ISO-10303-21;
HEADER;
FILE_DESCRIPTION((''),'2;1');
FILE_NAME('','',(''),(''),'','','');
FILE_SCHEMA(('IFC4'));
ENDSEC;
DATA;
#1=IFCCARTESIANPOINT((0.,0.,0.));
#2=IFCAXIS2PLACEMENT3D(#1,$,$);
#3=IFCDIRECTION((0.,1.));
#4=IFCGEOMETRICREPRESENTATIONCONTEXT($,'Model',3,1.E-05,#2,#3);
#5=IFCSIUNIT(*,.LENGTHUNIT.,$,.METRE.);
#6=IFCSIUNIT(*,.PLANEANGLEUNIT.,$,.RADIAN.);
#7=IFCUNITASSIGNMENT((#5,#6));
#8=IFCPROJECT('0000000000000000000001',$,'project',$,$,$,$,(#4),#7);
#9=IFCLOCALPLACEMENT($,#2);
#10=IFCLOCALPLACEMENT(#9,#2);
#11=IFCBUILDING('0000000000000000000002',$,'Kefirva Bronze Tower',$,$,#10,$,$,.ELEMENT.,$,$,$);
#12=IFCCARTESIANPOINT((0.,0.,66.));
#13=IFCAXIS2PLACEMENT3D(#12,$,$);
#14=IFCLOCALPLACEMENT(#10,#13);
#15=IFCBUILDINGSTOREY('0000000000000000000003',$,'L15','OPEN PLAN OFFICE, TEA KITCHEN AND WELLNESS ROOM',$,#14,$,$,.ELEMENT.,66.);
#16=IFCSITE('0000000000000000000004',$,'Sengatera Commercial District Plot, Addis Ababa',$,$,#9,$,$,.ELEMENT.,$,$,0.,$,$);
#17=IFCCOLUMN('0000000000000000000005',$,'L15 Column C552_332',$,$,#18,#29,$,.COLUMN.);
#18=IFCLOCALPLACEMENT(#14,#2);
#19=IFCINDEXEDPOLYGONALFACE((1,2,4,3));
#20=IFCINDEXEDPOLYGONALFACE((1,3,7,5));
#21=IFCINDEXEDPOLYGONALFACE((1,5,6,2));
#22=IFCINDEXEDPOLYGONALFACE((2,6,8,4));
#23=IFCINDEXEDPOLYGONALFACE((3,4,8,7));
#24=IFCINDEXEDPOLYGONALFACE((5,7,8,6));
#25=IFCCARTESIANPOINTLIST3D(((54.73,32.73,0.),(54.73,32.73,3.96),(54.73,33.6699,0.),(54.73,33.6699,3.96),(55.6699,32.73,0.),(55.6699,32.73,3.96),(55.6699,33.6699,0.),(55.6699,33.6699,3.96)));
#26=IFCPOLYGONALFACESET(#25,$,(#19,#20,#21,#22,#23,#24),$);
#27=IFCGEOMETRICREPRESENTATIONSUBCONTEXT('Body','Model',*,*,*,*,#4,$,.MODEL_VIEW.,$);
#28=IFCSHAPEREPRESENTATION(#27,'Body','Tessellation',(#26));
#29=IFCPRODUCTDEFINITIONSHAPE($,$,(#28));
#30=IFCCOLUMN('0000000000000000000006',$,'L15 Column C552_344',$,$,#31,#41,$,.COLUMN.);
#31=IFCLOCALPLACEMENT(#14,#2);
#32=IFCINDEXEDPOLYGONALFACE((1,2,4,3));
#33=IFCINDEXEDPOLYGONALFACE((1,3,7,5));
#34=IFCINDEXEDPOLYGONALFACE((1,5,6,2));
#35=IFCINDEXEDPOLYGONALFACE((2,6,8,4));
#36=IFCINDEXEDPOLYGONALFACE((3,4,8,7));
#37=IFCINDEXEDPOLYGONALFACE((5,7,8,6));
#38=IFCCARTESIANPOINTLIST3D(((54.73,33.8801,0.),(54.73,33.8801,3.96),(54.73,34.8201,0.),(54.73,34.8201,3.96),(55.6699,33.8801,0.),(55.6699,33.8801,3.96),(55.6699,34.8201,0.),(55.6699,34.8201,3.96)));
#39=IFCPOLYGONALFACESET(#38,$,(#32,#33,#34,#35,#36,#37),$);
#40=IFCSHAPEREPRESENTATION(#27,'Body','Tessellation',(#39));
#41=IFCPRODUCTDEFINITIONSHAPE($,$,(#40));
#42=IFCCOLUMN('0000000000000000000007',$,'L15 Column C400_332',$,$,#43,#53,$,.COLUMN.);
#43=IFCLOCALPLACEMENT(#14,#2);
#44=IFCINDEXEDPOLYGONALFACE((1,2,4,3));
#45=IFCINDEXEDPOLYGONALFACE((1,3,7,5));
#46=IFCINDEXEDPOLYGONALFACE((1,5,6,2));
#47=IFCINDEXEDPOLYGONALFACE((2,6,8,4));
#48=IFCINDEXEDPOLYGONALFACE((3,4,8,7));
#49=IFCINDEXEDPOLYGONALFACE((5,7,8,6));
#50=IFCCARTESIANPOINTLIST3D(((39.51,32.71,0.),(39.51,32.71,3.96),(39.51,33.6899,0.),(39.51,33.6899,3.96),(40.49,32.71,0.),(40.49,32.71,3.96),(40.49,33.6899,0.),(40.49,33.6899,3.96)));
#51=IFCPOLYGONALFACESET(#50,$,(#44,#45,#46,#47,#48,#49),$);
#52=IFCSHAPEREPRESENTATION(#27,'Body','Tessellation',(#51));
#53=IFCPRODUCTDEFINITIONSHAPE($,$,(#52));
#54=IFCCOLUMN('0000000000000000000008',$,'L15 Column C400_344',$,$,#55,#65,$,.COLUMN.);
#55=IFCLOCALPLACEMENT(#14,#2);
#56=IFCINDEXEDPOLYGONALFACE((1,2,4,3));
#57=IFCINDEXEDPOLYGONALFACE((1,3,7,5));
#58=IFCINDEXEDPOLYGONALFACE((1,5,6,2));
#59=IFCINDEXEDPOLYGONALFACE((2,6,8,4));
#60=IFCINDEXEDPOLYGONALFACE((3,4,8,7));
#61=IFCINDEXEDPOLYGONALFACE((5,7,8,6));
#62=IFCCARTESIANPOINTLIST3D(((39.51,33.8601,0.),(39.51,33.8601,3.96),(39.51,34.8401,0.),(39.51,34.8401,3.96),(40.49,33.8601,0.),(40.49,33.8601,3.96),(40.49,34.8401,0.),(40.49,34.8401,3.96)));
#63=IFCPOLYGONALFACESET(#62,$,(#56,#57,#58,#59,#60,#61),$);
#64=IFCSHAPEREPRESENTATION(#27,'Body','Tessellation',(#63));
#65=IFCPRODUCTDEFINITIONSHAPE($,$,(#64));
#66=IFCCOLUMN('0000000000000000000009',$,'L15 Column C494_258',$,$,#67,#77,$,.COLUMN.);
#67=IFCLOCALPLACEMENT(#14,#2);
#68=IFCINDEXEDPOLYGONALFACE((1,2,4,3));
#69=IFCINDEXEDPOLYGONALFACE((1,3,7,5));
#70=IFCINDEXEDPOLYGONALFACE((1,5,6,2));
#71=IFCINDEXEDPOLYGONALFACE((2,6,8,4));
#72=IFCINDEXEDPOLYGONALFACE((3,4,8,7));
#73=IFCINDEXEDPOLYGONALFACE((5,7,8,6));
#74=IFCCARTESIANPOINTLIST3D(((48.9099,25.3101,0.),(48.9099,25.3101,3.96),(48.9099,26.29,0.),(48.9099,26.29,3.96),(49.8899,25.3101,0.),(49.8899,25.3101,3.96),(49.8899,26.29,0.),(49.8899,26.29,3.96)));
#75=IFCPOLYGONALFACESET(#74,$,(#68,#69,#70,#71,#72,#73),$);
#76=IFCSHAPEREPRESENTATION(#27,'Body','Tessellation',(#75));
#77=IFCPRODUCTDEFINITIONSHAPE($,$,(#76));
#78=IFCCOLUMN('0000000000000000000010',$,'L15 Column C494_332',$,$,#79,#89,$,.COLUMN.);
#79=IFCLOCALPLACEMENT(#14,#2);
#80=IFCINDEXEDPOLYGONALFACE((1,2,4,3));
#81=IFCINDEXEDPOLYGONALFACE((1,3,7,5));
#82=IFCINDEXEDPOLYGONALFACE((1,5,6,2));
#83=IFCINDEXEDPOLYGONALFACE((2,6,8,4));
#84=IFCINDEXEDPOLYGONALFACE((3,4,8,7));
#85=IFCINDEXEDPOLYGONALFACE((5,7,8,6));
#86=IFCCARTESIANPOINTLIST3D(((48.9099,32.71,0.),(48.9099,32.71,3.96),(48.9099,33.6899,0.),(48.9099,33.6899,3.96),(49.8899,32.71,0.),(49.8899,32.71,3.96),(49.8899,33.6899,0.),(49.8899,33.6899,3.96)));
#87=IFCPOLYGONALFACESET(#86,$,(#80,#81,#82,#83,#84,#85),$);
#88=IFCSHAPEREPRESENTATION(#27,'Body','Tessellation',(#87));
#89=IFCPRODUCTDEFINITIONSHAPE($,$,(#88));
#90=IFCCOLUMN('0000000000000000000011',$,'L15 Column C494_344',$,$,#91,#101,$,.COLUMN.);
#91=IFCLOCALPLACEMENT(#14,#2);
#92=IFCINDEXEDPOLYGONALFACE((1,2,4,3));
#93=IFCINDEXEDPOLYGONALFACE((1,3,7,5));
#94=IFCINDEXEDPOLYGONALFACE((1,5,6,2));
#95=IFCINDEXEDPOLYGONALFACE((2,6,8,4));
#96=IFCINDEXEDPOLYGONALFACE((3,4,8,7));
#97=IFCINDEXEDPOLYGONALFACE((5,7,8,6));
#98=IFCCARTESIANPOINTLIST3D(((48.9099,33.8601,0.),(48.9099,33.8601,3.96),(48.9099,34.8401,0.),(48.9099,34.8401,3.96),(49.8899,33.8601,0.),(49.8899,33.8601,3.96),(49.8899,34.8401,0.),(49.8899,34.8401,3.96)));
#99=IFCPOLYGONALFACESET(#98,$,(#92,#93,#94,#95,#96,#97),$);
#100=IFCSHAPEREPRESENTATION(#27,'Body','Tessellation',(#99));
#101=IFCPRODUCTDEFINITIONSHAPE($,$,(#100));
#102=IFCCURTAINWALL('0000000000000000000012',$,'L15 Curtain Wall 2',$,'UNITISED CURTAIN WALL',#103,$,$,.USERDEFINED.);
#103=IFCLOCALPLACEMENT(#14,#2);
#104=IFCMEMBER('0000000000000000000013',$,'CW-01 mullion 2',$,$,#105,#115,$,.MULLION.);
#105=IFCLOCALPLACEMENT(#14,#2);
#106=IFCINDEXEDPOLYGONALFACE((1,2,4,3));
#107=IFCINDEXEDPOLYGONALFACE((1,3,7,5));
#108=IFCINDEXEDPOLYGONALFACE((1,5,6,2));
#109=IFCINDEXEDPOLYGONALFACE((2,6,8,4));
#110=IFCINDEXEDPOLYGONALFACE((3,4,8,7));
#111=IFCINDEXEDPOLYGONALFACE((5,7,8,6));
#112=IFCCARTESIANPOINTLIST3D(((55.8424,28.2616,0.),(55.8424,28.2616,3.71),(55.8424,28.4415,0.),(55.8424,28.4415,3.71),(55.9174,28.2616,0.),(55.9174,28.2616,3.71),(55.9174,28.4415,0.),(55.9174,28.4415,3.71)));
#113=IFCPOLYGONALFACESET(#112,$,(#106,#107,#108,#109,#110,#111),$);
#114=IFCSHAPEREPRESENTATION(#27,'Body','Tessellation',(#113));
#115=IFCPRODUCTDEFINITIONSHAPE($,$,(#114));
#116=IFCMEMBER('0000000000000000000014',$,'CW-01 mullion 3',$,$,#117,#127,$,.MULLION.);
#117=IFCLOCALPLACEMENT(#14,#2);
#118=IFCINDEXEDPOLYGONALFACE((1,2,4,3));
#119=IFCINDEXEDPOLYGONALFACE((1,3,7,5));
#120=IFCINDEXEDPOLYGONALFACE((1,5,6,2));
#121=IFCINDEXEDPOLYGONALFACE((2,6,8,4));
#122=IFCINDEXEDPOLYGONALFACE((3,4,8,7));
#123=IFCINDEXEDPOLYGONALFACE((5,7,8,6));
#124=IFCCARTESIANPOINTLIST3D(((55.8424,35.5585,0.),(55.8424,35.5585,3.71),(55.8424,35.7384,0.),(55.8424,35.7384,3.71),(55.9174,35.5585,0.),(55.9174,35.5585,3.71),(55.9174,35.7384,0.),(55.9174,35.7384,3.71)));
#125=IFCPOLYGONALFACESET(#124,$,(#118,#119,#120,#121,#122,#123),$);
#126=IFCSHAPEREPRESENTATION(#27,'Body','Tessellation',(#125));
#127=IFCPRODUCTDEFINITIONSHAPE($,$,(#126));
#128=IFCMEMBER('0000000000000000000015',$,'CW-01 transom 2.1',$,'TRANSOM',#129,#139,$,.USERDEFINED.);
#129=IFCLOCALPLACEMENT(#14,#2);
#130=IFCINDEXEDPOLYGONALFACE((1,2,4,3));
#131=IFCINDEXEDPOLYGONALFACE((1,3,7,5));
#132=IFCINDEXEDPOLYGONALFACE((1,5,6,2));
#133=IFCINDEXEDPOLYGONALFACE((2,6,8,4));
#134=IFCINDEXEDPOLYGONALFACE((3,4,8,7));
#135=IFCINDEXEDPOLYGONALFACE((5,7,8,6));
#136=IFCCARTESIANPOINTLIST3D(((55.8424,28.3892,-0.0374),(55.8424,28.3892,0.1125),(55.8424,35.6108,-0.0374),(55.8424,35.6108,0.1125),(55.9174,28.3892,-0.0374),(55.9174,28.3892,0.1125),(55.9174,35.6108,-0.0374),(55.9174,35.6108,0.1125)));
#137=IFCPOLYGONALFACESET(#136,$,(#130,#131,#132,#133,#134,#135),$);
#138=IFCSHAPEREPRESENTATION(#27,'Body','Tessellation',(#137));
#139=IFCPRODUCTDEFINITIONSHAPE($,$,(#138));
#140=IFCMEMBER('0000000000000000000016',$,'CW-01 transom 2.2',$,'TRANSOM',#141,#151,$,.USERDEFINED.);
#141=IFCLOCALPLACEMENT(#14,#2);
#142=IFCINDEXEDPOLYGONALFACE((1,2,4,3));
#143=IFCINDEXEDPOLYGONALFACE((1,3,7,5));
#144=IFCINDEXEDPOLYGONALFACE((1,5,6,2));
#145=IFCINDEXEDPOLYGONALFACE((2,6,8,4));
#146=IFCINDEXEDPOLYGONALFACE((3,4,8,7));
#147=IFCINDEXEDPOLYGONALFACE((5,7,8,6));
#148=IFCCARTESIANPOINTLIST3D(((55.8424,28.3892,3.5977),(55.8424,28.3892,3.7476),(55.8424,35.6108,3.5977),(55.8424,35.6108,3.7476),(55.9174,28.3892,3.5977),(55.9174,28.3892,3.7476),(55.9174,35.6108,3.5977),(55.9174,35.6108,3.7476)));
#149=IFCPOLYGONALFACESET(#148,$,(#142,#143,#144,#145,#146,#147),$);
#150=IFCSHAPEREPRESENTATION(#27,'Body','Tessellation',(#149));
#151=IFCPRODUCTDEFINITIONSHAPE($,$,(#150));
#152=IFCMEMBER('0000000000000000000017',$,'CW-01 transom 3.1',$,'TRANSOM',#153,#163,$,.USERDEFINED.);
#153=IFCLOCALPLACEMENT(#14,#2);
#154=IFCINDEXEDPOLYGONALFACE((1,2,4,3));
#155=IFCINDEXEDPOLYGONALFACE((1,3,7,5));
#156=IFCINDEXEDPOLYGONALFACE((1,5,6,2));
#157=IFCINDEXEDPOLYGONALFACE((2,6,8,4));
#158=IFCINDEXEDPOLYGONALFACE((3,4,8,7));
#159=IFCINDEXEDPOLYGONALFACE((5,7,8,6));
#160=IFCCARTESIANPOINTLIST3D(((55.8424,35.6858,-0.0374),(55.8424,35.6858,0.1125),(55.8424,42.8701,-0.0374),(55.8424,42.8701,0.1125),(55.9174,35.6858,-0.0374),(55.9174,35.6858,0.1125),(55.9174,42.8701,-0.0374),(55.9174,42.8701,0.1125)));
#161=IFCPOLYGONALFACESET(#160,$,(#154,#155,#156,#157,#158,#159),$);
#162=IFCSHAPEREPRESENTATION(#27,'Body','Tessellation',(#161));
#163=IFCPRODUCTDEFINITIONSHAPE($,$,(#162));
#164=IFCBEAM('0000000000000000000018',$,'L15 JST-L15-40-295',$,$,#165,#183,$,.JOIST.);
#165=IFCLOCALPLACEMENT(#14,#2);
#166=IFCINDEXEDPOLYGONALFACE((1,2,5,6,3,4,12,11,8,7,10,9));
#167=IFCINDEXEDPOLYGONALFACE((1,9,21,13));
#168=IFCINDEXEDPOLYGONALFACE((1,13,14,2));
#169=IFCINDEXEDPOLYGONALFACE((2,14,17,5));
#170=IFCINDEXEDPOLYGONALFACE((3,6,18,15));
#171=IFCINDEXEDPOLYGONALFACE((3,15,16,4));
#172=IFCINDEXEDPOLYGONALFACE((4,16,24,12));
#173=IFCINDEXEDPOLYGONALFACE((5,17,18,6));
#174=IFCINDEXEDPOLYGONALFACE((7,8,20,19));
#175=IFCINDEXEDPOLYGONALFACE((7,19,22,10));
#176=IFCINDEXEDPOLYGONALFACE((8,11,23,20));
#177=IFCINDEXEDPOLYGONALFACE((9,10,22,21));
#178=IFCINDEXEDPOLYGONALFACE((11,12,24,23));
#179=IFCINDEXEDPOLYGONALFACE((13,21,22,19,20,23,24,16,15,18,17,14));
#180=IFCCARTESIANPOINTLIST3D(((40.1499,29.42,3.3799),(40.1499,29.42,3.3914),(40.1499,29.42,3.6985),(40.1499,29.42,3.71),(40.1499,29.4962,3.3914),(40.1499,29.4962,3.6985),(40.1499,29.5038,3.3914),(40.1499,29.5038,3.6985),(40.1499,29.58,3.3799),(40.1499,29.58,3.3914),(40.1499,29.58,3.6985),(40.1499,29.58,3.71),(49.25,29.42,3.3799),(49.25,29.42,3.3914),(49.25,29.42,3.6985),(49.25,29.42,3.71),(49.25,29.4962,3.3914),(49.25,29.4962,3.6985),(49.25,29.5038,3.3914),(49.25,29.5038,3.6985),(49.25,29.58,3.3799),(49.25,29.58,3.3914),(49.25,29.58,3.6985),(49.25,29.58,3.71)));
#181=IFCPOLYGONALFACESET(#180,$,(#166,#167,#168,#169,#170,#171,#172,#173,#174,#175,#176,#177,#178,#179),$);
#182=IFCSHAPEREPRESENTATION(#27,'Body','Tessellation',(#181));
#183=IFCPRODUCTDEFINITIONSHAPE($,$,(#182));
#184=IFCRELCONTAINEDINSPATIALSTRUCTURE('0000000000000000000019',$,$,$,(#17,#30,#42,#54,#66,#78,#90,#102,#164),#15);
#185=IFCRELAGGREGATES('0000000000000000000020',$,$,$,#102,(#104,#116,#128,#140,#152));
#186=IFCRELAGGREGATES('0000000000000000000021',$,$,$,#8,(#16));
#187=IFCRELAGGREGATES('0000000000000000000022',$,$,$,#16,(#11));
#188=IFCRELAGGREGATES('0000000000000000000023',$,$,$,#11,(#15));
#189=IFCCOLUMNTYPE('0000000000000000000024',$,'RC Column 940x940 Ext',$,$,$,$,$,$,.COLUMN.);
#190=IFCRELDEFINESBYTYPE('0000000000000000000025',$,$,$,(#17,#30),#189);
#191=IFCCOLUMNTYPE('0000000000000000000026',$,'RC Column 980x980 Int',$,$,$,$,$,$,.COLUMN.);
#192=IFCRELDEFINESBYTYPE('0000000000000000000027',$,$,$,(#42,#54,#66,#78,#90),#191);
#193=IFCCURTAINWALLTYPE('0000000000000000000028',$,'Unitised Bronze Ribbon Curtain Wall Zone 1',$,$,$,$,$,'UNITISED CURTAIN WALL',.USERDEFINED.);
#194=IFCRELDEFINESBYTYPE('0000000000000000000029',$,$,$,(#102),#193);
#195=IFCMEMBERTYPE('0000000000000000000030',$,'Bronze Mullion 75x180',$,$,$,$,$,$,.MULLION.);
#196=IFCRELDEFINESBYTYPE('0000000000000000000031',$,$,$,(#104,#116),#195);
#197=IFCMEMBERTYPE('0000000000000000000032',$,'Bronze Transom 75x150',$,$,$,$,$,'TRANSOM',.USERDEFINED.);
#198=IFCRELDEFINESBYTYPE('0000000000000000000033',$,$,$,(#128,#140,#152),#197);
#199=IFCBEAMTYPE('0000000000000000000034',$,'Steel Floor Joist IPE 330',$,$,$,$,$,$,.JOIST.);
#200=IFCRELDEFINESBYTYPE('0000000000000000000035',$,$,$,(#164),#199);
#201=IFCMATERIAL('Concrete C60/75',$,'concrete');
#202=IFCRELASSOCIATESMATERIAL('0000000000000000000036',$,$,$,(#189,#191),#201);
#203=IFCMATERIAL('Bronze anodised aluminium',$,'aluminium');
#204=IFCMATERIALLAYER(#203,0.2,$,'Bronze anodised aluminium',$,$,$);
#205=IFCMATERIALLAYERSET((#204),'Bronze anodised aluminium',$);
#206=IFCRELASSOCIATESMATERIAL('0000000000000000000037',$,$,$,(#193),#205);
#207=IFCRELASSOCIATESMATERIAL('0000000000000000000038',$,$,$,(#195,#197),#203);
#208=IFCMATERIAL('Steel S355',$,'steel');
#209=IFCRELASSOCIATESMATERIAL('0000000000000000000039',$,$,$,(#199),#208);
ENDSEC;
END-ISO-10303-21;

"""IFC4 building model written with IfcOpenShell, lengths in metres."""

from ifc_helpers import new_model, si_unit, direction, frame, origin, origin_2d, place, context, subcontext, project, spatial, rectangle, i_section, extrude, material, layer, layer_set, material_profile, profile_set, type_object, element, aggregate, save


model = new_model("IFC4")

# Units and contexts
model_context = context("Model", 3, precision=1e-05, world=origin(), true_north=direction((0.0, 1.0)))
body_context = subcontext(model_context, "Body", "Model", "MODEL_VIEW")
ifc_project = project(units=[si_unit("LENGTHUNIT", "METRE"), si_unit("PLANEANGLEUNIT", "RADIAN")], contexts=[model_context])

# Site, building, storey
site_placement = place(None, origin())
site = spatial("IfcSite", under=ifc_project, at=site_placement, Name="Sengatera Commercial District Plot, Addis Ababa", CompositionType="ELEMENT", RefElevation=0.0)
building_placement = place(site_placement, origin())
building = spatial("IfcBuilding", under=site, at=building_placement, Name="Kefirva Bronze Tower", CompositionType="ELEMENT")
storey_placement = place(building_placement, frame((0.0, 0.0, 66.0)))
storey = spatial("IfcBuildingStorey", under=building, at=storey_placement, Name="L15", Description="OPEN PLAN OFFICE, TEA KITCHEN AND WELLNESS ROOM", CompositionType="ELEMENT", Elevation=66.0)

# Columns
ifc_material_1 = material(Name="Concrete C60/75", Category="concrete")
ifc_material_profile_1 = material_profile(ifc_material_1, rectangle(XDim=0.9399, YDim=0.9399, at=origin_2d()), Name="RC 940x940")
ifc_profile_set_1 = profile_set([ifc_material_profile_1], Name="Concrete C60/75")
column_type_1 = type_object("IfcColumnType", Name="RC Column 940x940 Ext", PredefinedType="COLUMN", material=ifc_profile_set_1)
for number, where, z_axis, x_axis, name in (
    (1, (55.2, 33.2, 0.0), (0.0, 0.0, 1.0), (1.0, 0.0, 0.0), "L15 Column C552_332"),
    (2, (55.2, 34.3501, 0.0), (0.0, 0.0, 1.0), (1.0, 0.0, 0.0), "L15 Column C552_344"),
):
    element("IfcColumn", number, at=place(storey_placement, frame(where, z_axis=z_axis, x_axis=x_axis)), inside=storey, type_object=column_type_1, Name=name, PredefinedType="COLUMN", context=body_context, shape_type="SweptSolid", body=[
        extrude(rectangle(XDim=0.9399, YDim=0.9399, at=origin_2d()), origin(), (0.0, 0.0, 1.0), 3.96),
    ])
ifc_material_profile_2 = material_profile(ifc_material_1, rectangle(XDim=0.98, YDim=0.98, at=origin_2d()), Name="RC 980x980")
ifc_profile_set_2 = profile_set([ifc_material_profile_2], Name="Concrete C60/75")
column_type_2 = type_object("IfcColumnType", Name="RC Column 980x980 Int", PredefinedType="COLUMN", material=ifc_profile_set_2)
for number, where, z_axis, x_axis, name in (
    (3, (40.0, 33.2, 0.0), (0.0, 0.0, 1.0), (1.0, 0.0, 0.0), "L15 Column C400_332"),
    (4, (40.0, 34.3501, 0.0), (0.0, 0.0, 1.0), (1.0, 0.0, 0.0), "L15 Column C400_344"),
    (5, (49.3999, 25.8, 0.0), (0.0, 0.0, 1.0), (1.0, 0.0, 0.0), "L15 Column C494_258"),
    (6, (49.3999, 33.2, 0.0), (0.0, 0.0, 1.0), (1.0, 0.0, 0.0), "L15 Column C494_332"),
    (7, (49.3999, 34.3501, 0.0), (0.0, 0.0, 1.0), (1.0, 0.0, 0.0), "L15 Column C494_344"),
):
    element("IfcColumn", number, at=place(storey_placement, frame(where, z_axis=z_axis, x_axis=x_axis)), inside=storey, type_object=column_type_2, Name=name, PredefinedType="COLUMN", context=body_context, shape_type="SweptSolid", body=[
        extrude(rectangle(XDim=0.98, YDim=0.98, at=origin_2d()), origin(), (0.0, 0.0, 1.0), 3.96),
    ])

# Curtain wall, members
ifc_material_2 = material(Name="Bronze anodised aluminium", Category="aluminium")
ifc_layer_1 = layer(ifc_material_2, 0.2, Name="Bronze anodised aluminium")
ifc_layer_set_1 = layer_set([ifc_layer_1], Name="Bronze anodised aluminium")
curtain_wall_type = type_object("IfcCurtainWallType", Name="Unitised Bronze Ribbon Curtain Wall Zone 1", ElementType="UNITISED CURTAIN WALL", PredefinedType="USERDEFINED", material=ifc_layer_set_1)
curtain_wall_placement = place(storey_placement, origin())
curtain_wall = element("IfcCurtainWall", 8, at=curtain_wall_placement, inside=storey, type_object=curtain_wall_type, Name="L15 Curtain Wall 2", ObjectType="UNITISED CURTAIN WALL", PredefinedType="USERDEFINED")
ifc_material_profile_3 = material_profile(ifc_material_2, rectangle(XDim=0.075, YDim=0.1799, at=origin_2d()), Name="ALU 75x180")
ifc_profile_set_3 = profile_set([ifc_material_profile_3], Name="Bronze anodised aluminium")
member_type_1 = type_object("IfcMemberType", Name="Bronze Mullion 75x180", PredefinedType="MULLION", material=ifc_profile_set_3)
member_1_placement = place(storey_placement, frame((55.8799, 28.3516, 0.0), z_axis=(0.0, 0.0, 1.0), x_axis=(-1.0, 0.0, 0.0)))
member_1 = element("IfcMember", 9, at=member_1_placement, type_object=member_type_1, Name="CW-01 mullion 2", PredefinedType="MULLION", context=body_context, shape_type="SweptSolid", body=[
    extrude(rectangle(XDim=0.075, YDim=0.1799, at=origin_2d()), origin(), (0.0, 0.0, 1.0), 3.71),
])
member_2_placement = place(storey_placement, frame((55.8799, 35.6484, 0.0), z_axis=(0.0, 0.0, 1.0), x_axis=(-1.0, 0.0, 0.0)))
member_2 = element("IfcMember", 10, at=member_2_placement, type_object=member_type_1, Name="CW-01 mullion 3", PredefinedType="MULLION", context=body_context, shape_type="SweptSolid", body=[
    extrude(rectangle(XDim=0.075, YDim=0.1799, at=origin_2d()), origin(), (0.0, 0.0, 1.0), 3.71),
])
ifc_material_profile_4 = material_profile(ifc_material_2, rectangle(XDim=0.075, YDim=0.1499, at=origin_2d()), Name="ALU 75x150")
ifc_profile_set_4 = profile_set([ifc_material_profile_4], Name="Bronze anodised aluminium")
member_type_2 = type_object("IfcMemberType", Name="Bronze Transom 75x150", ElementType="TRANSOM", PredefinedType="USERDEFINED", material=ifc_profile_set_4)
member_3_placement = place(storey_placement, frame((55.8799, 28.3892, 0.0376), z_axis=(0.0, 1.0, 0.0), x_axis=(-1.0, 0.0, 0.0)))
member_3 = element("IfcMember", 11, at=member_3_placement, type_object=member_type_2, Name="CW-01 transom 2.1", ObjectType="TRANSOM", PredefinedType="USERDEFINED", context=body_context, shape_type="SweptSolid", body=[
    extrude(rectangle(XDim=0.075, YDim=0.1499, at=origin_2d()), origin(), (0.0, 0.0, 1.0), 7.2217),
])
member_4_placement = place(storey_placement, frame((55.8799, 28.3892, 3.6726), z_axis=(0.0, 1.0, 0.0), x_axis=(-1.0, 0.0, 0.0)))
member_4 = element("IfcMember", 12, at=member_4_placement, type_object=member_type_2, Name="CW-01 transom 2.2", ObjectType="TRANSOM", PredefinedType="USERDEFINED", context=body_context, shape_type="SweptSolid", body=[
    extrude(rectangle(XDim=0.075, YDim=0.1499, at=origin_2d()), origin(), (0.0, 0.0, 1.0), 7.2217),
])
member_5_placement = place(storey_placement, frame((55.8799, 35.6858, 0.0376), z_axis=(0.0, 1.0, 0.0), x_axis=(-1.0, 0.0, 0.0)))
member_5 = element("IfcMember", 13, at=member_5_placement, type_object=member_type_2, Name="CW-01 transom 3.1", ObjectType="TRANSOM", PredefinedType="USERDEFINED", context=body_context, shape_type="SweptSolid", body=[
    extrude(rectangle(XDim=0.075, YDim=0.1499, at=origin_2d()), origin(), (0.0, 0.0, 1.0), 7.1843),
])

# Beam
ifc_material_3 = material(Name="Steel S355", Category="steel")
ifc_material_profile_5 = material_profile(ifc_material_3, i_section(OverallWidth=0.1599, OverallDepth=0.3301, WebThickness=0.0076, FlangeThickness=0.0115, at=origin_2d()), Name="IPE 330")
ifc_profile_set_5 = profile_set([ifc_material_profile_5], Name="Steel S355")
beam_type_1 = type_object("IfcBeamType", Name="Steel Floor Joist IPE 330", PredefinedType="JOIST", material=ifc_profile_set_5)
beam_1_placement = place(storey_placement, frame((40.1499, 29.5, 3.5449), z_axis=(1.0, 0.0, 0.0), x_axis=(0.0, 1.0, 0.0)))
element("IfcBeam", 14, at=beam_1_placement, inside=storey, type_object=beam_type_1, Name="L15 JST-L15-40-295", PredefinedType="JOIST", context=body_context, shape_type="SweptSolid", body=[
    extrude(i_section(OverallWidth=0.1599, OverallDepth=0.3301, WebThickness=0.0076, FlangeThickness=0.0115, at=origin_2d()), origin(), (0.0, 0.0, 1.0), 9.1001),
])

aggregate(curtain_wall, [member_1, member_2, member_3, member_4, member_5])

save(model, "model.ifc")
